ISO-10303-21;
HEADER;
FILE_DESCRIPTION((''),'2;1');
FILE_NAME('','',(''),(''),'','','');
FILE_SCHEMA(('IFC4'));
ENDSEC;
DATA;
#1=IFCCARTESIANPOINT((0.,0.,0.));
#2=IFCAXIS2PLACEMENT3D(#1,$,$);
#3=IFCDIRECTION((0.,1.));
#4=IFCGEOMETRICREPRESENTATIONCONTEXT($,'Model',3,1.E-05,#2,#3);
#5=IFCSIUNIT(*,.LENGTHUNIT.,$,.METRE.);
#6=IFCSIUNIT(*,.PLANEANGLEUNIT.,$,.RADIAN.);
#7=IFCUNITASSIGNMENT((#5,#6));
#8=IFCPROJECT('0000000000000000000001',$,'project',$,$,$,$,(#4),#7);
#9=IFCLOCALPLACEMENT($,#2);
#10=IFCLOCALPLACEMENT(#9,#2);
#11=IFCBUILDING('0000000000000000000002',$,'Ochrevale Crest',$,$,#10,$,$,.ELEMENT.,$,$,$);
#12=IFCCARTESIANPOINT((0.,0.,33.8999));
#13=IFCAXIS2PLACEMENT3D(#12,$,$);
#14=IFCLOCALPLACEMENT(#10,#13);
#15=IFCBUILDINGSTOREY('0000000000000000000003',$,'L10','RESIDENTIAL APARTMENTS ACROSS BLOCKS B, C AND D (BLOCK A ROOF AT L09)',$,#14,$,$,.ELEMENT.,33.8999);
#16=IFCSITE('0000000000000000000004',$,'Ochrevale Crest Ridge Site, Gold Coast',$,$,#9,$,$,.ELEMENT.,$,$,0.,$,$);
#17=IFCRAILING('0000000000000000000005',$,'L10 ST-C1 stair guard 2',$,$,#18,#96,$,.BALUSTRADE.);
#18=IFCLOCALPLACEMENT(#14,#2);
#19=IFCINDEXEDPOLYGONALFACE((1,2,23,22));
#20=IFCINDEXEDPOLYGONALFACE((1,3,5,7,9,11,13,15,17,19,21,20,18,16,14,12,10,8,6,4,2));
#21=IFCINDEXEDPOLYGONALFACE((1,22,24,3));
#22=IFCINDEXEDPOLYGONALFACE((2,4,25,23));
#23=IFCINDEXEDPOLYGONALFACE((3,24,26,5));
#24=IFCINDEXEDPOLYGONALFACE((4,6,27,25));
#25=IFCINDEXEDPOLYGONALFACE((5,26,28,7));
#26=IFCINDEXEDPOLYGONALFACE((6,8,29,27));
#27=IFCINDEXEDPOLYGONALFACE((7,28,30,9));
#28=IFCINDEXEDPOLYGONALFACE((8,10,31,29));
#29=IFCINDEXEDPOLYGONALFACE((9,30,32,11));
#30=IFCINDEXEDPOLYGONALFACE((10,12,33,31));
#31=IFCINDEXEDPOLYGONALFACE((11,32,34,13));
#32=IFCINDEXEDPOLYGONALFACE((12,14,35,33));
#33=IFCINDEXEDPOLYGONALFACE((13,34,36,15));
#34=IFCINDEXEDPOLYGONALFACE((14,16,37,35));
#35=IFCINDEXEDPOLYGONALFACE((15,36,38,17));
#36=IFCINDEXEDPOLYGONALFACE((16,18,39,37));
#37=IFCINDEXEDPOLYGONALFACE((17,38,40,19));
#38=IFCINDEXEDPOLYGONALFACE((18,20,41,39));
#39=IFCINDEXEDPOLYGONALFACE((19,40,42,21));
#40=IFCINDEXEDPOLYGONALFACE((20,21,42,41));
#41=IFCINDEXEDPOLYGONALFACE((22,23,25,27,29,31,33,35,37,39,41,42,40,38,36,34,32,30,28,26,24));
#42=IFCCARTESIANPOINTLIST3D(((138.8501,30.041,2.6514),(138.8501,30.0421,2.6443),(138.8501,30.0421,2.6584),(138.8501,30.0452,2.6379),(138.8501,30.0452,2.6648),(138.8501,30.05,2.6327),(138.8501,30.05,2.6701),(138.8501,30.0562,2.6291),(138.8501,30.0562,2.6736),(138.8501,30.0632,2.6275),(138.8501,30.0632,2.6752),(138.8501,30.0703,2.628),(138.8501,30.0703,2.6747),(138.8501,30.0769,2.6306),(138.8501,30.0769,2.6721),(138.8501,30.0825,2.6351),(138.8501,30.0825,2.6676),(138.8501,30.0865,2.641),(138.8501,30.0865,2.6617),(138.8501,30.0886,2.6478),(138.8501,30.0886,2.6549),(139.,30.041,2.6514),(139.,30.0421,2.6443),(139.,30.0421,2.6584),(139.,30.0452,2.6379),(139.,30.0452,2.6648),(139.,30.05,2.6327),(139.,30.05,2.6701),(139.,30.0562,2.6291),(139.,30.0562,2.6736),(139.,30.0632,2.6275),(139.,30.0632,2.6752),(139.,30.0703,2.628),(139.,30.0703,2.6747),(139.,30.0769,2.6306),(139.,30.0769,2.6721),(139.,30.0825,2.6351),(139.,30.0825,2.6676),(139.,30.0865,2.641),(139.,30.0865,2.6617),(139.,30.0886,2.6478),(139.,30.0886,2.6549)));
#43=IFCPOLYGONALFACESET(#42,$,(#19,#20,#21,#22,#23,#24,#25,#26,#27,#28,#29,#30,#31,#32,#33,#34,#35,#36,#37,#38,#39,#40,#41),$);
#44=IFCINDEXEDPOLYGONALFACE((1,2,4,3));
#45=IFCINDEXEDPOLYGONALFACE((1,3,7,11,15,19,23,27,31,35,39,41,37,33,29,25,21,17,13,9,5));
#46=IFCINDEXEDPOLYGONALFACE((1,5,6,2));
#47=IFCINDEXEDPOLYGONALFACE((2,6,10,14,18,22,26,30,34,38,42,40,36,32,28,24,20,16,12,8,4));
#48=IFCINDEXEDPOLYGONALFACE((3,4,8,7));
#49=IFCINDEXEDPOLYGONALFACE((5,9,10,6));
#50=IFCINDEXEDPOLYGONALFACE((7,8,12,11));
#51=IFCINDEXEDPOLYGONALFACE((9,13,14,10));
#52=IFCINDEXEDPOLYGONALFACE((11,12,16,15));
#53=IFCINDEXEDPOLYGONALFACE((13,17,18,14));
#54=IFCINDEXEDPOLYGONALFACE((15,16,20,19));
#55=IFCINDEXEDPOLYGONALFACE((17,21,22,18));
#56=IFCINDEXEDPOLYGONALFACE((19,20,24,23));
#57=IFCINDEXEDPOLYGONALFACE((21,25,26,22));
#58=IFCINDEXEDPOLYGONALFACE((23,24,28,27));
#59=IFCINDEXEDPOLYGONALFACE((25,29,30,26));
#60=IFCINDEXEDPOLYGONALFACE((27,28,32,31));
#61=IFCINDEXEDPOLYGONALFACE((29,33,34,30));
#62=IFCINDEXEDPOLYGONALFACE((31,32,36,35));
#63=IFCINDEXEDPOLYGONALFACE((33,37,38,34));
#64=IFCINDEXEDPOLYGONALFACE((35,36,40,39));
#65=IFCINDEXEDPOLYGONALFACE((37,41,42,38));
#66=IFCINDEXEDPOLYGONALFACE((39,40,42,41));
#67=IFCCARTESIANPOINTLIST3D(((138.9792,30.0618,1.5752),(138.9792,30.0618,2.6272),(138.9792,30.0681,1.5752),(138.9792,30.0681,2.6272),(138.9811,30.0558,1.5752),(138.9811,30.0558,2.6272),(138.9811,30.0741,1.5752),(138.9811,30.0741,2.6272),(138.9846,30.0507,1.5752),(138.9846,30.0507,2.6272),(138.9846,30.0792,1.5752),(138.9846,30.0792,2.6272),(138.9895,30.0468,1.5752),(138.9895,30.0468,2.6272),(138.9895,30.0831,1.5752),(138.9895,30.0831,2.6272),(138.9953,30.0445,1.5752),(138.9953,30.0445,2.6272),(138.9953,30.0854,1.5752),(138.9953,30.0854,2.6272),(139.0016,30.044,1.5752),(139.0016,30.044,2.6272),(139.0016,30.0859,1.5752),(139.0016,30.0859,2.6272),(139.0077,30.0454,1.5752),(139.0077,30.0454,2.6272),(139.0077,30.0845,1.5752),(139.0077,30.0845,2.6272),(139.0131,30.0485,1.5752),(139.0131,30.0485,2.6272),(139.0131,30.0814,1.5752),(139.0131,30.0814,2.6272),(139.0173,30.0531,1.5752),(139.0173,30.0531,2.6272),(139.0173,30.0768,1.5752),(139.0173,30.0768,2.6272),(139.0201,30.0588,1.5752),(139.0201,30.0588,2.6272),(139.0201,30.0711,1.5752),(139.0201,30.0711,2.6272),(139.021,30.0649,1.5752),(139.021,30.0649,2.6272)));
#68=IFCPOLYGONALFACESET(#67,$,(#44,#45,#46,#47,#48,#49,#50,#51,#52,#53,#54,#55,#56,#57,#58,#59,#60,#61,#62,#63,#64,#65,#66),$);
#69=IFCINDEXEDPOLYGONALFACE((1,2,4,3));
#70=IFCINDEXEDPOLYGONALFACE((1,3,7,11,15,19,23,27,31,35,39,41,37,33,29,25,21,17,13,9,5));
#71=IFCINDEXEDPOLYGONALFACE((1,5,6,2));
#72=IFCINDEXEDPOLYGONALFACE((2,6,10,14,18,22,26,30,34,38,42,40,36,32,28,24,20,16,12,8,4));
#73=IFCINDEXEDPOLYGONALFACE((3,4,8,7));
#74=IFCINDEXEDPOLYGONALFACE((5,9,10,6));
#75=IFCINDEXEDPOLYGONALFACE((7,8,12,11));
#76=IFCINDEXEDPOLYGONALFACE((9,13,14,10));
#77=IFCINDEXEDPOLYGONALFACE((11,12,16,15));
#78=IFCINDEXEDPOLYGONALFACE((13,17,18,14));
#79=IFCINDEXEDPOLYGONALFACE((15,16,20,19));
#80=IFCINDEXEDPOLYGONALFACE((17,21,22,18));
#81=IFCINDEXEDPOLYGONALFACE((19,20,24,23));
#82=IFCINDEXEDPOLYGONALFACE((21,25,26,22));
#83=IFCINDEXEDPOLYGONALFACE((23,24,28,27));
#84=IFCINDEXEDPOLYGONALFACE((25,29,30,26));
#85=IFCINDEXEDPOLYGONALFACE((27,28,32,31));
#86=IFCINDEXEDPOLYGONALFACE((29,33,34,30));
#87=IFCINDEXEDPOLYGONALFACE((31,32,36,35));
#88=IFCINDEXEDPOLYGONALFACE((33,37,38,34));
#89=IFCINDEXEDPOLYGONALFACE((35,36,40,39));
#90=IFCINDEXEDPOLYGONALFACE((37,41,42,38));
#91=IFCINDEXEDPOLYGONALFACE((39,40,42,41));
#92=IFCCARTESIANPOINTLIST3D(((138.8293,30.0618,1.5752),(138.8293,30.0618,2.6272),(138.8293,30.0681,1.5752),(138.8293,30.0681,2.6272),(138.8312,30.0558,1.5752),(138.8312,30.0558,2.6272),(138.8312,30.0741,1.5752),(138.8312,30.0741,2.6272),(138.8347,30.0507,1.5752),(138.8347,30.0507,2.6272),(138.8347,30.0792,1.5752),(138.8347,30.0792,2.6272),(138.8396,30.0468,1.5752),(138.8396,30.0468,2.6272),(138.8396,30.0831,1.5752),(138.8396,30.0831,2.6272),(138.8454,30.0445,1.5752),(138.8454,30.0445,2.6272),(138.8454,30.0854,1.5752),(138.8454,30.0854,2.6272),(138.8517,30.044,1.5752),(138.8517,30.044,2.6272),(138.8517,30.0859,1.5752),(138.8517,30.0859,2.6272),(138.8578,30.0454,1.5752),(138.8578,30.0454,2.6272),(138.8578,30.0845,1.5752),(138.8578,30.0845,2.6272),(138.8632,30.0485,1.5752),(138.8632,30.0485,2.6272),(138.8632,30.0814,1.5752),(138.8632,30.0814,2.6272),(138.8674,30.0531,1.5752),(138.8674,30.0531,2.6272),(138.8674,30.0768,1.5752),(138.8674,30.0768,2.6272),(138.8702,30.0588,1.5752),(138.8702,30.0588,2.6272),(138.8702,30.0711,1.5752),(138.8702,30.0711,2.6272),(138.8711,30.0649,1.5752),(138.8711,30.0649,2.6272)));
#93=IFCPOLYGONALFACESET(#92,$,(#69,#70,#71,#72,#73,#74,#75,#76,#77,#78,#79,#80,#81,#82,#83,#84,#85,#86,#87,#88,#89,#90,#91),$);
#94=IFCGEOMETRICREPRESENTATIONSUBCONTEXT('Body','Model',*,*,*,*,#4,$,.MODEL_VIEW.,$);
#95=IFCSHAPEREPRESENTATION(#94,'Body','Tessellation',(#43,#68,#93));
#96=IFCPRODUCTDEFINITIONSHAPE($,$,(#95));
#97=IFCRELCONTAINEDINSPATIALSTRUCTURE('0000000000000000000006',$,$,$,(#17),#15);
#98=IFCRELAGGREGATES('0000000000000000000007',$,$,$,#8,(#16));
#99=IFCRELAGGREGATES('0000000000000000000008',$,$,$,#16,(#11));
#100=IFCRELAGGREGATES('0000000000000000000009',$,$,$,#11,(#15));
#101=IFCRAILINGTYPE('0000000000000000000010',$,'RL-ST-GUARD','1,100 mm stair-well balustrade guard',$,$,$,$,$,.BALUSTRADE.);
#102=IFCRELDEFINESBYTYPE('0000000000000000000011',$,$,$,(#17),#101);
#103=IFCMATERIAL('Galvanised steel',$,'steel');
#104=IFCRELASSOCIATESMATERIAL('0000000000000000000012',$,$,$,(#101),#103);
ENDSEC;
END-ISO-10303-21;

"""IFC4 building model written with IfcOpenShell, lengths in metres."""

from ifc_helpers import new_model, si_unit, direction, frame, origin, origin_2d, place, context, subcontext, project, spatial, circle, extrude, material, type_object, element, save


model = new_model("IFC4")

# Units and contexts
model_context = context("Model", 3, precision=1e-05, world=origin(), true_north=direction((0.0, 1.0)))
body_context = subcontext(model_context, "Body", "Model", "MODEL_VIEW")
ifc_project = project(units=[si_unit("LENGTHUNIT", "METRE"), si_unit("PLANEANGLEUNIT", "RADIAN")], contexts=[model_context])

# Site, building, storey
site_placement = place(None, origin())
site = spatial("IfcSite", under=ifc_project, at=site_placement, Name="Ochrevale Crest Ridge Site, Gold Coast", CompositionType="ELEMENT", RefElevation=0.0)
building_placement = place(site_placement, origin())
building = spatial("IfcBuilding", under=site, at=building_placement, Name="Ochrevale Crest", CompositionType="ELEMENT")
storey_placement = place(building_placement, frame((0.0, 0.0, 33.8999)))
storey = spatial("IfcBuildingStorey", under=building, at=storey_placement, Name="L10", Description="RESIDENTIAL APARTMENTS ACROSS BLOCKS B, C AND D (BLOCK A ROOF AT L09)", CompositionType="ELEMENT", Elevation=33.8999)

# Railing
ifc_material_1 = material(Name="Galvanised steel", Category="steel")
railing_type_1 = type_object("IfcRailingType", Name="RL-ST-GUARD", Description="1,100 mm stair-well balustrade guard", PredefinedType="BALUSTRADE", material=ifc_material_1)
railing_1_placement = place(storey_placement, frame((139.0, 30.0649, 1.5752)))
element("IfcRailing", 1, at=railing_1_placement, inside=storey, type_object=railing_type_1, Name="L10 ST-C1 stair guard 2", PredefinedType="BALUSTRADE", context=body_context, shape_type="SweptSolid", body=[
    extrude(circle(Radius=0.0239, at=origin_2d()), frame((0.0, 0.0, 1.0762), z_axis=(-1.0, 0.0, 0.0), x_axis=(0.0, -1.0, 0.0)), (0.0, 0.0, 1.0), 0.1499),
    extrude(circle(Radius=0.021, at=origin_2d()), origin(), (0.0, 0.0, 1.0), 1.052),
    extrude(circle(Radius=0.021, at=origin_2d()), frame((-0.1499, 0.0, 0.0)), (0.0, 0.0, 1.0), 1.052),
])

save(model, "model.ifc")
